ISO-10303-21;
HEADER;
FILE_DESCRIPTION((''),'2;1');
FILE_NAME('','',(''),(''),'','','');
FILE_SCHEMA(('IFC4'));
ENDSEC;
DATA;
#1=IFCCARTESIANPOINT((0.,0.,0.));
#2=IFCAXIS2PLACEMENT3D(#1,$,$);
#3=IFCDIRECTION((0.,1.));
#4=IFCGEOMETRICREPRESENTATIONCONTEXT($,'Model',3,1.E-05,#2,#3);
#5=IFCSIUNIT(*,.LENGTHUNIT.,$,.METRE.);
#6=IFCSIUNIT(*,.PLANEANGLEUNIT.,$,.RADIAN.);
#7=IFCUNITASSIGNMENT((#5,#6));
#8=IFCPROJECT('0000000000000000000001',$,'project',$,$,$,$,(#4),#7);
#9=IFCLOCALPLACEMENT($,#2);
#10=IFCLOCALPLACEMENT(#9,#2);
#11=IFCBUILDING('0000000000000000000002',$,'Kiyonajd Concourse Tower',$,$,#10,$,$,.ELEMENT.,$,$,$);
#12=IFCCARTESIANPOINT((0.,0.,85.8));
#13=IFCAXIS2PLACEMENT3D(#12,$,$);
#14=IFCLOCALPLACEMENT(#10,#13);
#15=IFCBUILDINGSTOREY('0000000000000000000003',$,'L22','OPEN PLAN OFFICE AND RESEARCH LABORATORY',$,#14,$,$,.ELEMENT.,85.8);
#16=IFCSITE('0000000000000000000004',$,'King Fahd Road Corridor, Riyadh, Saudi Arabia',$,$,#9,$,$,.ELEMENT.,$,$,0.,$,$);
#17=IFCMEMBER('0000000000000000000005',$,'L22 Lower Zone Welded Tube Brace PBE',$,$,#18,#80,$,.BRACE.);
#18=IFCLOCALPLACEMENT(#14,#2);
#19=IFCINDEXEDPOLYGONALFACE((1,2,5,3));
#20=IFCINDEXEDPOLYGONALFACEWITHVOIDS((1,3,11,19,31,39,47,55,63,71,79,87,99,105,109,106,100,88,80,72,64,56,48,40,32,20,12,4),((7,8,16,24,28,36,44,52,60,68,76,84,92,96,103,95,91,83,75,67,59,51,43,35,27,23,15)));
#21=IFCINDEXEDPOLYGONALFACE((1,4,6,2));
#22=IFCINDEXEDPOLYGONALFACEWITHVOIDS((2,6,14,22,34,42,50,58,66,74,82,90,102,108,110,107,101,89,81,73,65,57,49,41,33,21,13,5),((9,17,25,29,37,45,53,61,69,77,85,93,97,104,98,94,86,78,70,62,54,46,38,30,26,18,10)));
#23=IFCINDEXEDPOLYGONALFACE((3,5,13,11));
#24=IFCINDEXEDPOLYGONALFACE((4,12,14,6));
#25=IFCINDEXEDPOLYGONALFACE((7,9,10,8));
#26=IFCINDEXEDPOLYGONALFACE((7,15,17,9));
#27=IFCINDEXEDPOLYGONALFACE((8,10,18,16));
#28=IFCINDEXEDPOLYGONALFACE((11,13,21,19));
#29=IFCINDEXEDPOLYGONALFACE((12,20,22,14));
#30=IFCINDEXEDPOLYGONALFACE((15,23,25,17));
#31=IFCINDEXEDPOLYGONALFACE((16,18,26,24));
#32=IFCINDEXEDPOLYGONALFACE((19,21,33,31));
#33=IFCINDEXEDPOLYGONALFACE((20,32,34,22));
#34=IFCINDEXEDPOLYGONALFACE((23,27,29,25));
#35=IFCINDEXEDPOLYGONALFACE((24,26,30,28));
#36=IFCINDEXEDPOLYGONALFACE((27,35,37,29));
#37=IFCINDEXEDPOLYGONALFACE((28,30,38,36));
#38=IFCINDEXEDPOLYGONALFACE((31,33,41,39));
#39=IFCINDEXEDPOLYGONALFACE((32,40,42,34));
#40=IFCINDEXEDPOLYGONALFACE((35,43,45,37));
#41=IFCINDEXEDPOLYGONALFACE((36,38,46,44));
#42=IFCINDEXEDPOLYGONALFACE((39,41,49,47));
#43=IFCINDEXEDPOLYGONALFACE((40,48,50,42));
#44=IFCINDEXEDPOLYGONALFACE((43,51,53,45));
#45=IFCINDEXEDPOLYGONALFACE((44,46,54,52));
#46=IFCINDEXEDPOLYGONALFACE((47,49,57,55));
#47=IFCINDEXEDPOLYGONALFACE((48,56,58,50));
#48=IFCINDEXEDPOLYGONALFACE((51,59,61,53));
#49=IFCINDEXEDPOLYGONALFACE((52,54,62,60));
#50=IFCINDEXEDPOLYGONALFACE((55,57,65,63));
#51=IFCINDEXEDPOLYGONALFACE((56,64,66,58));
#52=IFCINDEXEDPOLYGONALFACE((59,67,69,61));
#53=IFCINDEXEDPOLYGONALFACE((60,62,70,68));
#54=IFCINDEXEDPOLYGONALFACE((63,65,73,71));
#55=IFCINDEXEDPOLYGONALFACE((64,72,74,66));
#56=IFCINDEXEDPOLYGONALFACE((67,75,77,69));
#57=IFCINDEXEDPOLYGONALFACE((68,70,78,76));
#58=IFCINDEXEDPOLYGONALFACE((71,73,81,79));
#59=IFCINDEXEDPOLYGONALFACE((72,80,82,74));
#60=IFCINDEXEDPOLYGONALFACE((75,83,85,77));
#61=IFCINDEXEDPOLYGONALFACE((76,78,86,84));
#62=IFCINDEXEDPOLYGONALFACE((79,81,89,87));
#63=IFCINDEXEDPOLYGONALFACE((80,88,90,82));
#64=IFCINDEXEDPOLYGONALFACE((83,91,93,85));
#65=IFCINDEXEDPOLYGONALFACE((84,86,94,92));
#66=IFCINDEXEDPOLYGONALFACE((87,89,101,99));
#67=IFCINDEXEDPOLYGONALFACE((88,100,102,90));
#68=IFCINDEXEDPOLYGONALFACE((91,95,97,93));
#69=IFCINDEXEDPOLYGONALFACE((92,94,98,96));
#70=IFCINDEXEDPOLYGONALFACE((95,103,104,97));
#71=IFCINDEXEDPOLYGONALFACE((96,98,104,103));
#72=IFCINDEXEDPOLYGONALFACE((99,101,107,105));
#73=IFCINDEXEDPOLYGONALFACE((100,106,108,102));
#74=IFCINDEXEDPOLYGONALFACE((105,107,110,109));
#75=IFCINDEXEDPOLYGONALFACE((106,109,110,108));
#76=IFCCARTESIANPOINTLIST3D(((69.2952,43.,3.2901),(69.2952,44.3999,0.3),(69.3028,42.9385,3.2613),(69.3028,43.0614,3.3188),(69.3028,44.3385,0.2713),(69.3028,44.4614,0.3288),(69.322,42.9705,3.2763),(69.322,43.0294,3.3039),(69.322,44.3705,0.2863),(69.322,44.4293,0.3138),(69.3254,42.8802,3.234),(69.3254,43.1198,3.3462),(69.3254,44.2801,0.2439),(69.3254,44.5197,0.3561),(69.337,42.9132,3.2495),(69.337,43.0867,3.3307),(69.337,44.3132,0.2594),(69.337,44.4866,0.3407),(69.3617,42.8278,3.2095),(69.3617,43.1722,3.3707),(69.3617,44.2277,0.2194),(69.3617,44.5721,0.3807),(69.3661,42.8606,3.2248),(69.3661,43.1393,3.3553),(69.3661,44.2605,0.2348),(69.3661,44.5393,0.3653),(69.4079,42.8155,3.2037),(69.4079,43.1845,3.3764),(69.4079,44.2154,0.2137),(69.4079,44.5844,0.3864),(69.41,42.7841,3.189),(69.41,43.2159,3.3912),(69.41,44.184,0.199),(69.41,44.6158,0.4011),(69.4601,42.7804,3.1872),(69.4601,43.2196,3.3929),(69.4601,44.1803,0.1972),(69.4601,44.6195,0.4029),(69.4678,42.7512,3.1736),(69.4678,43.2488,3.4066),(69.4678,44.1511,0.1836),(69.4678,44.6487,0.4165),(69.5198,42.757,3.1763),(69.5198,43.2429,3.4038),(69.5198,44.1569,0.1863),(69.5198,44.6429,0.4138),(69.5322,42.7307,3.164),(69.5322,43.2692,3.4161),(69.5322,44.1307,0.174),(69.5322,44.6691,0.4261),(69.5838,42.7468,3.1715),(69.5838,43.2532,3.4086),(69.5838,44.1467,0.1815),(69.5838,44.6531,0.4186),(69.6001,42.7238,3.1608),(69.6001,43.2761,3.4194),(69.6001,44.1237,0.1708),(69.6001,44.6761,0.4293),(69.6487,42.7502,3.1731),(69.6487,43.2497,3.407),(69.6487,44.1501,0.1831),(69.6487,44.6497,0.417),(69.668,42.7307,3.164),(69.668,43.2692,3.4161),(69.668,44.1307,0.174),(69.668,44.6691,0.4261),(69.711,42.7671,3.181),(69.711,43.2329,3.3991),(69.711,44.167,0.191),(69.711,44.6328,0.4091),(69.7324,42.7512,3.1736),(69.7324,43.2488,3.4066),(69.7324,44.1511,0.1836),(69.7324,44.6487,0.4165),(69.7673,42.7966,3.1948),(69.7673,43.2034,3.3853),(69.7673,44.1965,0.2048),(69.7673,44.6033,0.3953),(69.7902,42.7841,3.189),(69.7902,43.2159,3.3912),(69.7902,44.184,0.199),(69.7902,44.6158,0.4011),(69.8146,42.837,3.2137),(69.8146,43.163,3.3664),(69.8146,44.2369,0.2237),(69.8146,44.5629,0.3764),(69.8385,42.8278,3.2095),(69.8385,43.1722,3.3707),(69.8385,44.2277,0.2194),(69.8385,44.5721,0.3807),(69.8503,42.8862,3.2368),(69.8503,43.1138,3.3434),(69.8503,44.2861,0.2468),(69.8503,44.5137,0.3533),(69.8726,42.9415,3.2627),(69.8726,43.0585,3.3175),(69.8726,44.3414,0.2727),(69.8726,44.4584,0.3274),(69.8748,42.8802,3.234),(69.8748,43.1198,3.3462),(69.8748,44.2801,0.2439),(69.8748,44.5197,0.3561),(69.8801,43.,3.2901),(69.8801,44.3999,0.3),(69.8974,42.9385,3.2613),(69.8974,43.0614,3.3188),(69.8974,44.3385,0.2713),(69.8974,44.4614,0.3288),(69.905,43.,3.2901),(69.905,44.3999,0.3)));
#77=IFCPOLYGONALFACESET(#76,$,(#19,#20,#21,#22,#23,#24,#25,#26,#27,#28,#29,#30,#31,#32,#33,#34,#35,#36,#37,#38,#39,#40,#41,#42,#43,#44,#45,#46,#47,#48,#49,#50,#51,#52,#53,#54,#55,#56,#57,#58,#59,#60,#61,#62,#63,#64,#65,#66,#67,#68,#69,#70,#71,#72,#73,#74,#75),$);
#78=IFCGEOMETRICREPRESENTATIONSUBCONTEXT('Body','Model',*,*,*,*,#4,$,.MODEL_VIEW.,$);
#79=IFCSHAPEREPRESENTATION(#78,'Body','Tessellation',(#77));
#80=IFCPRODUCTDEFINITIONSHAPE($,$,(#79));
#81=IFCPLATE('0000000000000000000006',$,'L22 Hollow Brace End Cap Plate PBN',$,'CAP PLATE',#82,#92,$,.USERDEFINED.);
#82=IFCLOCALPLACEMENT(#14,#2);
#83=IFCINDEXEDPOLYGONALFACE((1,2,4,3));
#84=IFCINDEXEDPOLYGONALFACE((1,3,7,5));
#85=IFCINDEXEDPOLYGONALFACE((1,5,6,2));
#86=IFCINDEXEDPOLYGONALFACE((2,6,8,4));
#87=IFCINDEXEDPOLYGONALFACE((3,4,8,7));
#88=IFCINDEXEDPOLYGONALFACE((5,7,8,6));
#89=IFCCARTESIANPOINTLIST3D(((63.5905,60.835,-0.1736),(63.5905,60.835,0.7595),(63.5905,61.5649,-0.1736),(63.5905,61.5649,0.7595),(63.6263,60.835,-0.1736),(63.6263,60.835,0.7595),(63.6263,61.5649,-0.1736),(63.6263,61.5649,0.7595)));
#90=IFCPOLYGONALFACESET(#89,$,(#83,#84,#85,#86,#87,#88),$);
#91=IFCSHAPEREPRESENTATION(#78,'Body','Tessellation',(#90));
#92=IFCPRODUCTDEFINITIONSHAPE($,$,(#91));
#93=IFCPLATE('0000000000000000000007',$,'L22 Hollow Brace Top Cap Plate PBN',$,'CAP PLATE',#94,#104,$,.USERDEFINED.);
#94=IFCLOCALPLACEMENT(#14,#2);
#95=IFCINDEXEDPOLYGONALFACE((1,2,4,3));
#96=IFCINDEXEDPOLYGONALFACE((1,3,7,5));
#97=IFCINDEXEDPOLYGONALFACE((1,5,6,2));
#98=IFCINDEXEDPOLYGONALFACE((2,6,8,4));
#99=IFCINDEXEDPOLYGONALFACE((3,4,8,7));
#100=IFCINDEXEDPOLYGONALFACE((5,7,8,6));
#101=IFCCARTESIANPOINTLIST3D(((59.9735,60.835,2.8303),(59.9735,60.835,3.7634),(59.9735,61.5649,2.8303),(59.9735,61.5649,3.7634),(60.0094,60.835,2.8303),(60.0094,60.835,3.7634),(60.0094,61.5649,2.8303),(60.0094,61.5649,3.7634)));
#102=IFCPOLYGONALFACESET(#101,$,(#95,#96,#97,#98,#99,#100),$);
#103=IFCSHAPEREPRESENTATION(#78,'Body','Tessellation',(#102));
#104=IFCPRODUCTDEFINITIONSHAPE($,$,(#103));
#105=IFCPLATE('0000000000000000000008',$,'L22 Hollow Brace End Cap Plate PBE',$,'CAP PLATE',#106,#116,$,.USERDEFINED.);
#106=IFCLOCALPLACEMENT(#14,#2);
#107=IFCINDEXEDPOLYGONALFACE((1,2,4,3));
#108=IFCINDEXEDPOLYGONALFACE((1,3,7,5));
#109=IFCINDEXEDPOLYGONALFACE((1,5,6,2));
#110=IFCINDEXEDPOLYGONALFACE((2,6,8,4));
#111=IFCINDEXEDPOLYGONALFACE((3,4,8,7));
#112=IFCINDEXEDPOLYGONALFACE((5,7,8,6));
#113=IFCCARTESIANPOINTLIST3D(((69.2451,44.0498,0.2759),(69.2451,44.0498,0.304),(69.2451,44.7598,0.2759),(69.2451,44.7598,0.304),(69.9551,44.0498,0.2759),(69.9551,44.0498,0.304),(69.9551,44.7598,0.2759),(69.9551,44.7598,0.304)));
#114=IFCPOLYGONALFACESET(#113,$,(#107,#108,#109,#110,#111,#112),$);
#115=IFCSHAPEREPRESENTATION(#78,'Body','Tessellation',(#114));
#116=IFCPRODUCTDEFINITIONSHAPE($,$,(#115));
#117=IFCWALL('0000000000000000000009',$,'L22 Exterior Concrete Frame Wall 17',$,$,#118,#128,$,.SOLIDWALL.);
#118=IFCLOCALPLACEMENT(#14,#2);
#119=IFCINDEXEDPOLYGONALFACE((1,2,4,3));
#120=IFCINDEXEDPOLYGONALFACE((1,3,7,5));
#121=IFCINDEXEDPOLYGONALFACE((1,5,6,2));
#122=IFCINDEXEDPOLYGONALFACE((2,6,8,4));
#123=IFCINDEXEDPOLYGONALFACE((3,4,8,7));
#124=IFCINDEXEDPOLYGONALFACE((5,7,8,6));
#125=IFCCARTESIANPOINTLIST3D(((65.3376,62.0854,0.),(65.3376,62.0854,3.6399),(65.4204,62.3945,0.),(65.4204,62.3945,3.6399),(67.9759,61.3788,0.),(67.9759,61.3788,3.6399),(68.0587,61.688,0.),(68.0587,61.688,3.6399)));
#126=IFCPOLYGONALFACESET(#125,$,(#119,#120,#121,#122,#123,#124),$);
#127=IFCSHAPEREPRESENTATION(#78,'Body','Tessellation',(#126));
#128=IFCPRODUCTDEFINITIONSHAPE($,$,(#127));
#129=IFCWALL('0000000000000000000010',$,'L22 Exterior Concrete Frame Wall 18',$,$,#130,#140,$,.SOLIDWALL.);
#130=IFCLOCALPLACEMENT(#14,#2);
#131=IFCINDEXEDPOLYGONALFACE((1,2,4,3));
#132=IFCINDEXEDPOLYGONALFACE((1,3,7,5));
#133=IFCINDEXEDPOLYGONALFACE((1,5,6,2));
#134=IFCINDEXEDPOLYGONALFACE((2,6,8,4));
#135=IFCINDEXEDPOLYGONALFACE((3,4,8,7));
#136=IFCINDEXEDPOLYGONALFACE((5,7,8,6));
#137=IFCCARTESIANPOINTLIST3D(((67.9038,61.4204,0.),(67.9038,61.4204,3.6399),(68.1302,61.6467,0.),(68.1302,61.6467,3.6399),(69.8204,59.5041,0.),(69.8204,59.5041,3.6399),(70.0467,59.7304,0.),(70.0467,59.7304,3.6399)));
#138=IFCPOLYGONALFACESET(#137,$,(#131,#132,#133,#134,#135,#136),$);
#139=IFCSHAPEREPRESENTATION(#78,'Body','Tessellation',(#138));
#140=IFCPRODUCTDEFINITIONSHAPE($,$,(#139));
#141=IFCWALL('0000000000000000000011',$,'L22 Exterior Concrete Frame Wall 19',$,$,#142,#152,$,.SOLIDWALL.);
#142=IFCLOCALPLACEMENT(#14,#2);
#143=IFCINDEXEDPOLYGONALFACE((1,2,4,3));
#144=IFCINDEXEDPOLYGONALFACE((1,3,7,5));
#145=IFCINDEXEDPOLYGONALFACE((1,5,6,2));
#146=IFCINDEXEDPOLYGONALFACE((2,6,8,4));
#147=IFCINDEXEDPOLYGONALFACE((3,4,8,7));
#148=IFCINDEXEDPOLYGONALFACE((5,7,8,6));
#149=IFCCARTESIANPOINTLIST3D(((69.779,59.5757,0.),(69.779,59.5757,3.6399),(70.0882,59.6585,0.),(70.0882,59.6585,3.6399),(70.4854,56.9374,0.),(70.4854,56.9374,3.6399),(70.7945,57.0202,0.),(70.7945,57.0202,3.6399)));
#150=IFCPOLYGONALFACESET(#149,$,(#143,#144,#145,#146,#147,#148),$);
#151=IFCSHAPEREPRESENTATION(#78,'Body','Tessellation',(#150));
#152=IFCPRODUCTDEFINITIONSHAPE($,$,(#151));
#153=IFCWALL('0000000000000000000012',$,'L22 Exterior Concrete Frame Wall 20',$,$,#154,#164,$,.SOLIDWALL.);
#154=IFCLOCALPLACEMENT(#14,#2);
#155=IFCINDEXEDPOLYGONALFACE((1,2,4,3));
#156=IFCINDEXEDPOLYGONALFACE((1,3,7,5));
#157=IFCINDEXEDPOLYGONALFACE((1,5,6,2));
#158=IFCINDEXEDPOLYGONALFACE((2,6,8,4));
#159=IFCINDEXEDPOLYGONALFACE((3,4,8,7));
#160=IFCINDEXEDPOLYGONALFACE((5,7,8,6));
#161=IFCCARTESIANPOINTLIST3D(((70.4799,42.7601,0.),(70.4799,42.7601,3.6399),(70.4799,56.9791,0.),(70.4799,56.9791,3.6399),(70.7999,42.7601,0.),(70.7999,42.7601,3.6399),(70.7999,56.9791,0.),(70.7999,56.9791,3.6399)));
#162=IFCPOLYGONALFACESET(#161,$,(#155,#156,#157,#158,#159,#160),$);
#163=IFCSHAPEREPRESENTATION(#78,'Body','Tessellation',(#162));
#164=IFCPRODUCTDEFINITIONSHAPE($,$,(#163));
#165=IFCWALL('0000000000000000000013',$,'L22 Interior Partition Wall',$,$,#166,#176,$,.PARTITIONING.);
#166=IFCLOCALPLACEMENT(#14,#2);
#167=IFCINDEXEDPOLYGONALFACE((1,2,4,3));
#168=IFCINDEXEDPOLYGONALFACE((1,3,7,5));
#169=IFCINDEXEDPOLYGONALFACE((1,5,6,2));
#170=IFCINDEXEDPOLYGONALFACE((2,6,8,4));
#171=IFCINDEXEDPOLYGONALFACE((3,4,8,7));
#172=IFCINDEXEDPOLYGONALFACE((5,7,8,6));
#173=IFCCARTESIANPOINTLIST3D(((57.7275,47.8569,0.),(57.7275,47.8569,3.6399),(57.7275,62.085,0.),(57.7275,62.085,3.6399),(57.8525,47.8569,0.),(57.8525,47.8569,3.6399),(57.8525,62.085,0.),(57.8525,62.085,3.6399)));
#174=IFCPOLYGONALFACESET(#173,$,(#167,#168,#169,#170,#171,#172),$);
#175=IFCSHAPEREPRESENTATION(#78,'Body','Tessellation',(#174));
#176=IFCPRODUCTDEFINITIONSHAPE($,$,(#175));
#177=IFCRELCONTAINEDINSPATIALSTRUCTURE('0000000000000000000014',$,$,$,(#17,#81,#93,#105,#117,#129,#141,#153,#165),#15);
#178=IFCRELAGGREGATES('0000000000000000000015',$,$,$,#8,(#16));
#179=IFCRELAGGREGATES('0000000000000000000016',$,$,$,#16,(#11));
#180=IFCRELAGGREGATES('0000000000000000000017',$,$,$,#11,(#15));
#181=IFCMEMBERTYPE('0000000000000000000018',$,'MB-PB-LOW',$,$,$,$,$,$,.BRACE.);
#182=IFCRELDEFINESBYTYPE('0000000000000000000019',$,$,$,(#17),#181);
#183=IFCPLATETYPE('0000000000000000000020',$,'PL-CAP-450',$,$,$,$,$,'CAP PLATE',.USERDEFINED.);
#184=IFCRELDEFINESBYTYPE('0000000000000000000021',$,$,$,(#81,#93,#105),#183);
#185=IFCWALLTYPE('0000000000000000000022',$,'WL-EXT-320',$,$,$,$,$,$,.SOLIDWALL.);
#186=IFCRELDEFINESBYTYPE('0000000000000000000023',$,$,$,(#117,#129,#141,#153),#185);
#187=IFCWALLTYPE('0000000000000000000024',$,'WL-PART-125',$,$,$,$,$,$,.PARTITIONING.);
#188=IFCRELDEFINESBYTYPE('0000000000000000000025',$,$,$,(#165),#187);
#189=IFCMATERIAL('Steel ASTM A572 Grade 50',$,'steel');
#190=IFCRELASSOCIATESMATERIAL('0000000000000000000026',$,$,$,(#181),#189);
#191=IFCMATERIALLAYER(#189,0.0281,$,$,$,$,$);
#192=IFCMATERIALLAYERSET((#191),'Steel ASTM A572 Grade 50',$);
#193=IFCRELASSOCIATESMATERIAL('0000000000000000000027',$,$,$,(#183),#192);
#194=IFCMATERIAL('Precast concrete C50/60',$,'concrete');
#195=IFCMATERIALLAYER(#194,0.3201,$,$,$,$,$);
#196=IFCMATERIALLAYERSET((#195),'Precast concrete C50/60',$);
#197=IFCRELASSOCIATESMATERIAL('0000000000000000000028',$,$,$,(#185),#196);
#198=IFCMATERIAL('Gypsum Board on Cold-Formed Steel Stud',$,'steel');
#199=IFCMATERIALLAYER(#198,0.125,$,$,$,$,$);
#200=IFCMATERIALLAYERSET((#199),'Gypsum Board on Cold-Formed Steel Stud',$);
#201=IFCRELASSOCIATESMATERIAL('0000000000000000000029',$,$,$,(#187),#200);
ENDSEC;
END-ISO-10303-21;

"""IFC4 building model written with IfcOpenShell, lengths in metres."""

from ifc_helpers import new_model, si_unit, direction, frame, frame_2d, origin, origin_2d, place, context, subcontext, project, spatial, rectangle, hollow_circle, extrude, material, layer, layer_set, material_profile, profile_set, type_object, element, save


model = new_model("IFC4")

# Units and contexts
model_context = context("Model", 3, precision=1e-05, world=origin(), true_north=direction((0.0, 1.0)))
body_context = subcontext(model_context, "Body", "Model", "MODEL_VIEW")
ifc_project = project(units=[si_unit("LENGTHUNIT", "METRE"), si_unit("PLANEANGLEUNIT", "RADIAN")], contexts=[model_context])

# Site, building, storey
site_placement = place(None, origin())
site = spatial("IfcSite", under=ifc_project, at=site_placement, Name="King Fahd Road Corridor, Riyadh, Saudi Arabia", CompositionType="ELEMENT", RefElevation=0.0)
building_placement = place(site_placement, origin())
building = spatial("IfcBuilding", under=site, at=building_placement, Name="Kiyonajd Concourse Tower", CompositionType="ELEMENT")
storey_placement = place(building_placement, frame((0.0, 0.0, 85.8)))
storey = spatial("IfcBuildingStorey", under=building, at=storey_placement, Name="L22", Description="OPEN PLAN OFFICE AND RESEARCH LABORATORY", CompositionType="ELEMENT", Elevation=85.8)

# Shared definitions
ifc_material_1 = material(Name="Precast concrete C50/60", Category="concrete")

# Member
ifc_material_2 = material(Name="Steel ASTM A572 Grade 50", Category="steel")
ifc_material_profile_1 = material_profile(ifc_material_2, hollow_circle(Radius=0.3049, WallThickness=0.0249, at=origin_2d()), Name="CHS-610x25")
ifc_profile_set_1 = profile_set([ifc_material_profile_1], Name="Steel ASTM A572 Grade 50")
member_type = type_object("IfcMemberType", Name="MB-PB-LOW", PredefinedType="BRACE", material=ifc_profile_set_1)
member_1_placement = place(storey_placement, frame((69.6001, 44.3999, 0.3), z_axis=(0.0, -0.424023, 0.905652), x_axis=(1.0, 0.0, 0.0)))
element("IfcMember", 1, at=member_1_placement, inside=storey, type_object=member_type, Name="L22 Lower Zone Welded Tube Brace PBE", PredefinedType="BRACE", context=body_context, shape_type="SweptSolid", body=[
    extrude(hollow_circle(Radius=0.3049, WallThickness=0.0249, at=origin_2d()), origin(), (0.0, 0.0, 1.0), 3.3015),
])

# Plates
ifc_layer_1 = layer(ifc_material_2, 0.0281)
ifc_layer_set_1 = layer_set([ifc_layer_1], Name="Steel ASTM A572 Grade 50")
plate_type = type_object("IfcPlateType", Name="PL-CAP-450", ElementType="CAP PLATE", PredefinedType="USERDEFINED", material=ifc_layer_set_1)
for number, where, z_axis, x_axis, name in (
    (2, (63.6084, 61.2, -0.1736), (0.0, 0.0, 1.0), (1.0, 0.0, 0.0), "L22 Hollow Brace End Cap Plate PBN"),
    (3, (59.9915, 61.2, 2.8303), (0.0, 0.0, 1.0), (-1.0, 0.0, 0.0), "L22 Hollow Brace Top Cap Plate PBN"),
):
    element("IfcPlate", number, at=place(storey_placement, frame(where, z_axis=z_axis, x_axis=x_axis)), inside=storey, type_object=plate_type, Name=name, ObjectType="CAP PLATE", PredefinedType="USERDEFINED", context=body_context, shape_type="SweptSolid", body=[
        extrude(rectangle(XDim=0.0359, YDim=0.73, at=origin_2d()), origin(), (0.0, 0.0, 1.0), 0.9331),
    ])
plate_placement = place(storey_placement, frame((69.6001, 44.4048, 0.2759), z_axis=(0.0, 0.0, 1.0), x_axis=(1.0, 0.0, 0.0)))
element("IfcPlate", 4, at=plate_placement, inside=storey, type_object=plate_type, Name="L22 Hollow Brace End Cap Plate PBE", ObjectType="CAP PLATE", PredefinedType="USERDEFINED", context=body_context, shape_type="SweptSolid", body=[
    extrude(rectangle(XDim=0.71, YDim=0.71, at=origin_2d()), origin(), (0.0, 0.0, 1.0), 0.0281),
])

# Walls
ifc_layer_2 = layer(ifc_material_1, 0.3201)
ifc_layer_set_2 = layer_set([ifc_layer_2], Name="Precast concrete C50/60")
wall_type_1 = type_object("IfcWallType", Name="WL-EXT-320", PredefinedType="SOLIDWALL", material=ifc_layer_set_2)
wall_1_placement = place(storey_placement, frame((65.3789, 62.24, 0.0), z_axis=(0.0, 0.0, 1.0), x_axis=(0.965958, -0.258697, 0.0)))
element("IfcWall", 5, at=wall_1_placement, inside=storey, type_object=wall_type_1, Name="L22 Exterior Concrete Frame Wall 17", PredefinedType="SOLIDWALL", context=body_context, shape_type="SweptSolid", body=[
    extrude(rectangle(XDim=2.7312, YDim=0.3201, at=frame_2d((1.3657, 0.0))), origin(), (0.0, 0.0, 1.0), 3.6399),
])
wall_2_placement = place(storey_placement, frame((68.0171, 61.5334, 0.0), z_axis=(0.0, 0.0, 1.0), x_axis=(0.707152, -0.707062, 0.0)))
element("IfcWall", 6, at=wall_2_placement, inside=storey, type_object=wall_type_1, Name="L22 Exterior Concrete Frame Wall 18", PredefinedType="SOLIDWALL", context=body_context, shape_type="SweptSolid", body=[
    extrude(rectangle(XDim=2.7102, YDim=0.3201, at=frame_2d((1.355, 0.0))), origin(), (0.0, 0.0, 1.0), 3.6399),
])
wall_3_placement = place(storey_placement, frame((69.9336, 59.6172, 0.0), z_axis=(0.0, 0.0, 1.0), x_axis=(0.258614, -0.965981, 0.0)))
element("IfcWall", 7, at=wall_3_placement, inside=storey, type_object=wall_type_1, Name="L22 Exterior Concrete Frame Wall 19", PredefinedType="SOLIDWALL", context=body_context, shape_type="SweptSolid", body=[
    extrude(rectangle(XDim=2.7312, YDim=0.3201, at=frame_2d((1.3657, 0.0))), origin(), (0.0, 0.0, 1.0), 3.6399),
])
wall_4_placement = place(storey_placement, frame((70.6399, 56.979, 0.0), z_axis=(0.0, 0.0, 1.0), x_axis=(0.0, -1.0, 0.0)))
element("IfcWall", 8, at=wall_4_placement, inside=storey, type_object=wall_type_1, Name="L22 Exterior Concrete Frame Wall 20", PredefinedType="SOLIDWALL", context=body_context, shape_type="SweptSolid", body=[
    extrude(rectangle(XDim=14.219, YDim=0.3201, at=frame_2d((7.1094, 0.0))), origin(), (0.0, 0.0, 1.0), 3.6399),
])
ifc_material_3 = material(Name="Gypsum Board on Cold-Formed Steel Stud", Category="steel")
ifc_layer_3 = layer(ifc_material_3, 0.125)
ifc_layer_set_3 = layer_set([ifc_layer_3], Name="Gypsum Board on Cold-Formed Steel Stud")
wall_type_2 = type_object("IfcWallType", Name="WL-PART-125", PredefinedType="PARTITIONING", material=ifc_layer_set_3)
wall_5_placement = place(storey_placement, frame((57.79, 47.8569, 0.0), z_axis=(0.0, 0.0, 1.0), x_axis=(0.0, 1.0, 0.0)))
element("IfcWall", 9, at=wall_5_placement, inside=storey, type_object=wall_type_2, Name="L22 Interior Partition Wall", PredefinedType="PARTITIONING", context=body_context, shape_type="SweptSolid", body=[
    extrude(rectangle(XDim=14.228, YDim=0.125, at=frame_2d((7.114, 0.0))), origin(), (0.0, 0.0, 1.0), 3.6399),
])

save(model, "model.ifc")
